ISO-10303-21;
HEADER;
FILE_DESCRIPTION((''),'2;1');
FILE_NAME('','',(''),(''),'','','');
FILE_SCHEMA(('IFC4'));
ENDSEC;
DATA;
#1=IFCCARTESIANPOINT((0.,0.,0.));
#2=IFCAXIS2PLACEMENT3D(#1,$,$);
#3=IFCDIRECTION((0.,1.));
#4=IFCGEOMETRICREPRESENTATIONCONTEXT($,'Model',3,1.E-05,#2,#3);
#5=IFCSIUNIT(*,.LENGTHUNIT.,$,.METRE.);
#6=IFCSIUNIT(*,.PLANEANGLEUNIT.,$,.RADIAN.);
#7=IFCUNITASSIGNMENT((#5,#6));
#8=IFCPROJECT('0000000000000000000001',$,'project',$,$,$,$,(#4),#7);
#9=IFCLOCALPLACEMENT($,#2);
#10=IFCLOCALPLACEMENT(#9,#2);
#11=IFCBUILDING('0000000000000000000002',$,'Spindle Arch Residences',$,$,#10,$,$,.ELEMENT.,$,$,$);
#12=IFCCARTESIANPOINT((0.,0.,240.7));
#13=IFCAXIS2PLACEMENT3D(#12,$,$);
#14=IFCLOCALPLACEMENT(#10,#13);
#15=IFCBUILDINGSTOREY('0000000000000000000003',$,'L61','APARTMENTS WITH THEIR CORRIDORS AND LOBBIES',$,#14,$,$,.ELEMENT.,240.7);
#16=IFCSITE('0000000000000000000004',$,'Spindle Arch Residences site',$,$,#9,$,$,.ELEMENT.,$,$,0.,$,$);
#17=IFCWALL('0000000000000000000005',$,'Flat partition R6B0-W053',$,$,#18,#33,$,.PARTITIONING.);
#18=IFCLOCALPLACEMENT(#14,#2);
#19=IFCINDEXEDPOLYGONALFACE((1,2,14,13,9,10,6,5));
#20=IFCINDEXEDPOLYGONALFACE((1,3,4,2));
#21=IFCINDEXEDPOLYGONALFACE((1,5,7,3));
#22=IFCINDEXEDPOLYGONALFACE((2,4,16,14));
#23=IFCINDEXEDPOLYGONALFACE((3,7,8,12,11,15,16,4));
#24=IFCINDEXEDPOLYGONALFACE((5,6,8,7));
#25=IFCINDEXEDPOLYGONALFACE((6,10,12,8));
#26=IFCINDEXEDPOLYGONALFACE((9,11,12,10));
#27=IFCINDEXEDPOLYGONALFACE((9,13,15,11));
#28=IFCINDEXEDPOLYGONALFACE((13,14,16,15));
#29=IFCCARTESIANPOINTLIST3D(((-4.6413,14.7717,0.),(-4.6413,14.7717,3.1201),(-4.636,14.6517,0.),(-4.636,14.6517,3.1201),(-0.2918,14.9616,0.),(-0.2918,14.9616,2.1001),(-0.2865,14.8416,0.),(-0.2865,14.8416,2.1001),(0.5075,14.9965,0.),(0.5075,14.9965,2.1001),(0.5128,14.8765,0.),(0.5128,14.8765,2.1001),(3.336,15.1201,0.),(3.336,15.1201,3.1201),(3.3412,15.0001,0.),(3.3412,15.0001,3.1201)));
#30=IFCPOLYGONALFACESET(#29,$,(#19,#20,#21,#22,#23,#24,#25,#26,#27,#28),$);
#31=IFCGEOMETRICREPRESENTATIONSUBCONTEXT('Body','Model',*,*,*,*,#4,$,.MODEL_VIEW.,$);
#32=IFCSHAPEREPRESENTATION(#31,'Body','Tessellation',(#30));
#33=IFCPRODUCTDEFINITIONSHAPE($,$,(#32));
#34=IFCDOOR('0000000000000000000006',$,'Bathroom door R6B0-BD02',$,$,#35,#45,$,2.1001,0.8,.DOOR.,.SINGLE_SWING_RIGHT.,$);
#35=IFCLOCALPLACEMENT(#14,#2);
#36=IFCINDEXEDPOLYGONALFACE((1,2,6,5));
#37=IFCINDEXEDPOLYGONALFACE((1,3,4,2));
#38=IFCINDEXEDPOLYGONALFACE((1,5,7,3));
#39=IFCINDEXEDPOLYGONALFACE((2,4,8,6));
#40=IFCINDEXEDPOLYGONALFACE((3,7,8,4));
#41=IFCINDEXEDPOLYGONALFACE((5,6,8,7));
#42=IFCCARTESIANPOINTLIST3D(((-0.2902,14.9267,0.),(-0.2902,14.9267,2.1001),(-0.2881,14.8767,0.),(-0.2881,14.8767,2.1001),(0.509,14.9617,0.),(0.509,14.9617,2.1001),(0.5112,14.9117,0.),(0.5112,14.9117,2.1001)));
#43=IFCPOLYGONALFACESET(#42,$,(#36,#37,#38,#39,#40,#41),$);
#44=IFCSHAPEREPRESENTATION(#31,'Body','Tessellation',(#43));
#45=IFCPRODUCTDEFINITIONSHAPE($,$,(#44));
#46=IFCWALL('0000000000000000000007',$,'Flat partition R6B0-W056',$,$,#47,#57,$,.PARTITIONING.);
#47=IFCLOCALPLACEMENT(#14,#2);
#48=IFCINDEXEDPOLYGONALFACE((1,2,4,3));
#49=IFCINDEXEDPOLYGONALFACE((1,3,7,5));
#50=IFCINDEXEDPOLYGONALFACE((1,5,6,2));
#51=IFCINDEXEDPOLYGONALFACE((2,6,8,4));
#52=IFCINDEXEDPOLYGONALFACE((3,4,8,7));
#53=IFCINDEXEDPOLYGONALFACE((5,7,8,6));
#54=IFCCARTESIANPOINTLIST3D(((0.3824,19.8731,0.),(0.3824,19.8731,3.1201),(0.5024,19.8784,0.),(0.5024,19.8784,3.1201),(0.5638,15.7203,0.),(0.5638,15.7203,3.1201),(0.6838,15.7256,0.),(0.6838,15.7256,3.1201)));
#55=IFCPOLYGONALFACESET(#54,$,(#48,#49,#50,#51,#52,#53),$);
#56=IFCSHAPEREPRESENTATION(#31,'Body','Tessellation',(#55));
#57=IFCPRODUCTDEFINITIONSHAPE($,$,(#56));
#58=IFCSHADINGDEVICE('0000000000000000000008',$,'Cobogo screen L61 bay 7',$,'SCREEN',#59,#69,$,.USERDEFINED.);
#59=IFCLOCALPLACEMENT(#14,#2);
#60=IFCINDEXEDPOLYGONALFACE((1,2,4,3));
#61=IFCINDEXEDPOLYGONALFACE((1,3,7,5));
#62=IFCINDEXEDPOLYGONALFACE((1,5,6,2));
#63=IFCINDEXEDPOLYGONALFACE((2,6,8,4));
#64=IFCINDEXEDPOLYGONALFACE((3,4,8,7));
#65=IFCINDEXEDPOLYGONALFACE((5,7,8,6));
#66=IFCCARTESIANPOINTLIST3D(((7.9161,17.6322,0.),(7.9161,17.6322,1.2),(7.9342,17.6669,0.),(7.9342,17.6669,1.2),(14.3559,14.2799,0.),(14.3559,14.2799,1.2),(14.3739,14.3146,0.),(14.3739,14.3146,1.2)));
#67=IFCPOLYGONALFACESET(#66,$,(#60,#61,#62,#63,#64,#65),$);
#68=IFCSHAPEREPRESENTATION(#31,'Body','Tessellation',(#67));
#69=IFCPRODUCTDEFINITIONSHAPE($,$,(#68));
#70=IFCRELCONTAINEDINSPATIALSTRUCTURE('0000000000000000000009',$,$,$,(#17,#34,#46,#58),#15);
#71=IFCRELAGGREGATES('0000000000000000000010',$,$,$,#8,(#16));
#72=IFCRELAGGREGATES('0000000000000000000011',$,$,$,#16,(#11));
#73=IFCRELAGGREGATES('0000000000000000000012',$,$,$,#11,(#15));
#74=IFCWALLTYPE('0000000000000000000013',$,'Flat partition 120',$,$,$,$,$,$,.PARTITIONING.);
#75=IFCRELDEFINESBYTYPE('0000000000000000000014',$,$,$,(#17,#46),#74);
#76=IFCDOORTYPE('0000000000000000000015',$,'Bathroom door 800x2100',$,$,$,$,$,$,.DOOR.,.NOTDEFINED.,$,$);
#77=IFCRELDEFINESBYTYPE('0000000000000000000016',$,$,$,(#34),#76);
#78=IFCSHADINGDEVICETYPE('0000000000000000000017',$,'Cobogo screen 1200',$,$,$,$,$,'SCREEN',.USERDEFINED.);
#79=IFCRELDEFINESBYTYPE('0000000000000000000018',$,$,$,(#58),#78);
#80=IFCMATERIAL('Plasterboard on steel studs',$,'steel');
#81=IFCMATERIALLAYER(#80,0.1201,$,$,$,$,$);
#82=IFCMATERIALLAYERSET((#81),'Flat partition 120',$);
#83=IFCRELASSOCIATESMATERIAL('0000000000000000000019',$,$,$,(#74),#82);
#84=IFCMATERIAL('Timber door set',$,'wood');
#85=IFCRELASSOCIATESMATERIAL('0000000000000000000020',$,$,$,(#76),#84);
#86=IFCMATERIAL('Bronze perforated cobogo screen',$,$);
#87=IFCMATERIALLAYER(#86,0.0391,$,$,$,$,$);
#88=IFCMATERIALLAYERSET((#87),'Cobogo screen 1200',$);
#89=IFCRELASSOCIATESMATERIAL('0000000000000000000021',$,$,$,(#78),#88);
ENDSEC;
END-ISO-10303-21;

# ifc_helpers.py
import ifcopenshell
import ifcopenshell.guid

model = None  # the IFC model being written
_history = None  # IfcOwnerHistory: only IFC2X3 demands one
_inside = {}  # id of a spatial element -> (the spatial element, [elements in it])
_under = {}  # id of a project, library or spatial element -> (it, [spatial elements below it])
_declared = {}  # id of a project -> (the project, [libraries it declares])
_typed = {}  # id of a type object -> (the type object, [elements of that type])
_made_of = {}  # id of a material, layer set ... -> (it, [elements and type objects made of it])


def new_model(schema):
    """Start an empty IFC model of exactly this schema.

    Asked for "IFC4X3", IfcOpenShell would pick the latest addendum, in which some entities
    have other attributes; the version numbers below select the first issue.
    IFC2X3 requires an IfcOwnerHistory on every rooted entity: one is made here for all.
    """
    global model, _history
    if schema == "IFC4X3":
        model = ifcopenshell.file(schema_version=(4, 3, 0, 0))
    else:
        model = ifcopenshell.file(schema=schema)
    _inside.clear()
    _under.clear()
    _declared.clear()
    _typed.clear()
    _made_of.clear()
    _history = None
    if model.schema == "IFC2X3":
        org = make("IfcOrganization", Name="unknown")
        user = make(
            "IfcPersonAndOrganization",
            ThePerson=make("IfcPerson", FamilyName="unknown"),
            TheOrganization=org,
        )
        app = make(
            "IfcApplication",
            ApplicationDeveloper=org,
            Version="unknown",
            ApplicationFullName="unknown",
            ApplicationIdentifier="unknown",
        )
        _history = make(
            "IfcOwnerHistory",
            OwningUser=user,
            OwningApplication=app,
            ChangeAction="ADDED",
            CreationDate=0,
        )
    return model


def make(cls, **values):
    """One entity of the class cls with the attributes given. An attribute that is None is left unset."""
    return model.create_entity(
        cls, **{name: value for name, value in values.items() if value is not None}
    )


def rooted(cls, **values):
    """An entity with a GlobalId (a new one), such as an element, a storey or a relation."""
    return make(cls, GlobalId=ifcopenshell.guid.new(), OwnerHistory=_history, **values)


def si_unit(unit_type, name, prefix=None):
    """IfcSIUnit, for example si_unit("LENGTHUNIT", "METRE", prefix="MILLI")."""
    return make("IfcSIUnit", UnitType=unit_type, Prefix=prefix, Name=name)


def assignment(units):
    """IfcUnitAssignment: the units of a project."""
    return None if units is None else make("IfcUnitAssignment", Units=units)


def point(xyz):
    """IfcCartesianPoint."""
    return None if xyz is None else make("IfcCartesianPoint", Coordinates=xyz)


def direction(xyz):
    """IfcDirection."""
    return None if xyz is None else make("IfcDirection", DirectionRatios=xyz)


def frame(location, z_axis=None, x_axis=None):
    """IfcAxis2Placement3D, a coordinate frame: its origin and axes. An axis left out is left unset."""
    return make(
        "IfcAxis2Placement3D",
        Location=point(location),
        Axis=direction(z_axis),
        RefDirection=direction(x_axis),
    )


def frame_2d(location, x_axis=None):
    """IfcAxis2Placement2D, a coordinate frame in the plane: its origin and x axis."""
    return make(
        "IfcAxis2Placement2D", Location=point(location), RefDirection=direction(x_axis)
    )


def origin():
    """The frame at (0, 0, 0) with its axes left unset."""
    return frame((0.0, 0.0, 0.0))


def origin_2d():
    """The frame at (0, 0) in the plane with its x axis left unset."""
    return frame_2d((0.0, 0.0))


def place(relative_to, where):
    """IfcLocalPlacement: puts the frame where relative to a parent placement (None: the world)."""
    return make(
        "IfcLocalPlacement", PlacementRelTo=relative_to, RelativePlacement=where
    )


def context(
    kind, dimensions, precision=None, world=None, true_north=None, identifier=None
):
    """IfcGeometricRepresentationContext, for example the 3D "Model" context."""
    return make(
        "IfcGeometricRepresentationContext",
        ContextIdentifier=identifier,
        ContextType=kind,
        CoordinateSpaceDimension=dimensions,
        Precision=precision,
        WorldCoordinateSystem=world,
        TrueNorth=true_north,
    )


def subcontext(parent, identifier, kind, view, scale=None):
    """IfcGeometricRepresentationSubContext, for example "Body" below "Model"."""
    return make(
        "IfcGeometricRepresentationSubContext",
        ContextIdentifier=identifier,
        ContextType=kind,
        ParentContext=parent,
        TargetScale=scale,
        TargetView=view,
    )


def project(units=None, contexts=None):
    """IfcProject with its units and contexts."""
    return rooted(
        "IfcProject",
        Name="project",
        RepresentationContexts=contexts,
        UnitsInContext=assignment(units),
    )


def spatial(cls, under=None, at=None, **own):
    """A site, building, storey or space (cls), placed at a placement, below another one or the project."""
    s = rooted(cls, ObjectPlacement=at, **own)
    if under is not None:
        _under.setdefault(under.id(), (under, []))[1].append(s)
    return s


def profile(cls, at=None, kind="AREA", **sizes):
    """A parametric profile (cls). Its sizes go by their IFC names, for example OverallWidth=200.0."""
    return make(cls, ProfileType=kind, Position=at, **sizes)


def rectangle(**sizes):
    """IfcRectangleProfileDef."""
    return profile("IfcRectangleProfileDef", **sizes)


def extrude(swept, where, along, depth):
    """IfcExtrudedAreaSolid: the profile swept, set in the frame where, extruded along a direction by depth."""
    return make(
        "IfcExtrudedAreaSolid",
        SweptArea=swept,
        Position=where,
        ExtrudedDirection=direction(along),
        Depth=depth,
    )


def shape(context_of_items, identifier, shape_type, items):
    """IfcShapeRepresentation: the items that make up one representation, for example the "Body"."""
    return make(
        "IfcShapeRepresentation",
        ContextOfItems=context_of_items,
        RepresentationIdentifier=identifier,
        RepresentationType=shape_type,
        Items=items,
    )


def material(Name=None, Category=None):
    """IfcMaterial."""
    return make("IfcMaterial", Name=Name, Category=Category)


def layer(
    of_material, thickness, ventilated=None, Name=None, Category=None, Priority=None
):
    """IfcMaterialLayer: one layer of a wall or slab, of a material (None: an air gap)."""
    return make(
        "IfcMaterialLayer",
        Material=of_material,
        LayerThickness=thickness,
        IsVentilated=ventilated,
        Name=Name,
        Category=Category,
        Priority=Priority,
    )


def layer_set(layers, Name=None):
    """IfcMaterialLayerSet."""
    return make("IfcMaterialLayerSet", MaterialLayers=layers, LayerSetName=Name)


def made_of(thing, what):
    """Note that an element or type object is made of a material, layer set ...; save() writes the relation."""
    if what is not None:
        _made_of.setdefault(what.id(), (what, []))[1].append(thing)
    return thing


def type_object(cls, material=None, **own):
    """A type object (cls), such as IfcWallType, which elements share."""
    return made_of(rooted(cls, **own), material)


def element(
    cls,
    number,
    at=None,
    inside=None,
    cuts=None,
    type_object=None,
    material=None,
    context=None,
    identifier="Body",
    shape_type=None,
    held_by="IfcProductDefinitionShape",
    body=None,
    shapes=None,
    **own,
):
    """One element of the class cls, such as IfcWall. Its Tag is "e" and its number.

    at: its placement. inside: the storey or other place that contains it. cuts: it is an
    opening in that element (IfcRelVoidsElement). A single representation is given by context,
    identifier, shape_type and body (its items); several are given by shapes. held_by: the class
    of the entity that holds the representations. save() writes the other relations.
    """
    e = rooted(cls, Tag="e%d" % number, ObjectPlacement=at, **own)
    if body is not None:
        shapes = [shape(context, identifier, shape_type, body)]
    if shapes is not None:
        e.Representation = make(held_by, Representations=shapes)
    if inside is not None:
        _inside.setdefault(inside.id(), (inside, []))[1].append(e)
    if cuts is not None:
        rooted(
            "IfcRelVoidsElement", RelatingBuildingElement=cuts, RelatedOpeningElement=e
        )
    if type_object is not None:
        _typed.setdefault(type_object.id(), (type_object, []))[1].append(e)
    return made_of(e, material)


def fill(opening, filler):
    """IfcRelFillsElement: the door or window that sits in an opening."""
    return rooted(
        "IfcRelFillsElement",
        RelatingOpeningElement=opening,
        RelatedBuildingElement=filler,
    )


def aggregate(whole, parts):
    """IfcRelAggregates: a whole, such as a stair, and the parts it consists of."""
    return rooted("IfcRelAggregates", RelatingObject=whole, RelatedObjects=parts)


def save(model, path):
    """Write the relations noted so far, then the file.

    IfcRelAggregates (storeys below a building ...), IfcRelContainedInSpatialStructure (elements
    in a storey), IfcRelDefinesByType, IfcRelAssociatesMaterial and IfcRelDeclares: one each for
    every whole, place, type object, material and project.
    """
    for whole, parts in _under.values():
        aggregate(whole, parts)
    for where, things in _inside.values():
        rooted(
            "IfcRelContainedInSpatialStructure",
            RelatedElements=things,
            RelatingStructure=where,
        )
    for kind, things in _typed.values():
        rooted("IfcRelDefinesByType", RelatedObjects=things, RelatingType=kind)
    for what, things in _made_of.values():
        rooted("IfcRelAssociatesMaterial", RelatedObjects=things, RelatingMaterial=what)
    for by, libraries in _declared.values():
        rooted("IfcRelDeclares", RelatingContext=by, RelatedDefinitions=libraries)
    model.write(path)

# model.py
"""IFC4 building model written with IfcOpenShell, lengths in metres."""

from ifc_helpers import new_model, si_unit, direction, frame, frame_2d, origin, origin_2d, place, context, subcontext, project, spatial, rectangle, extrude, material, layer, layer_set, type_object, element, fill, save


model = new_model("IFC4")

# Units and contexts
model_context = context("Model", 3, precision=1e-05, world=origin(), true_north=direction((0.0, 1.0)))
body_context = subcontext(model_context, "Body", "Model", "MODEL_VIEW")
ifc_project = project(units=[si_unit("LENGTHUNIT", "METRE"), si_unit("PLANEANGLEUNIT", "RADIAN")], contexts=[model_context])

# Site, building, storey
site_placement = place(None, origin())
site = spatial("IfcSite", under=ifc_project, at=site_placement, Name="Spindle Arch Residences site", CompositionType="ELEMENT", RefElevation=0.0)
building_placement = place(site_placement, origin())
building = spatial("IfcBuilding", under=site, at=building_placement, Name="Spindle Arch Residences", CompositionType="ELEMENT")
storey_placement = place(building_placement, frame((0.0, 0.0, 240.7)))
storey = spatial("IfcBuildingStorey", under=building, at=storey_placement, Name="L61", Description="APARTMENTS WITH THEIR CORRIDORS AND LOBBIES", CompositionType="ELEMENT", Elevation=240.7)

# Wall, opening, door
ifc_material_1 = material(Name="Plasterboard on steel studs", Category="steel")
ifc_layer_1 = layer(ifc_material_1, 0.1201)
ifc_layer_set_1 = layer_set([ifc_layer_1], Name="Flat partition 120")
wall_type_1 = type_object("IfcWallType", Name="Flat partition 120", PredefinedType="PARTITIONING", material=ifc_layer_set_1)
wall_1_placement = place(storey_placement, frame((3.3386, 15.0601, 0.0), z_axis=(0.0, 0.0, 1.0), x_axis=(-0.999048, -0.043631, 0.0)))
wall_1 = element("IfcWall", 1, at=wall_1_placement, inside=storey, type_object=wall_type_1, Name="Flat partition R6B0-W053", PredefinedType="PARTITIONING", context=body_context, shape_type="SweptSolid", body=[
    extrude(rectangle(XDim=7.9849, YDim=0.1201, at=frame_2d((3.9924, 0.0))), origin(), (0.0, 0.0, 1.0), 3.1201),
])
opening_1_placement = place(wall_1_placement, frame((2.8313, 0.0, 0.0)))
opening_1 = element("IfcOpeningElement", 2, at=opening_1_placement, cuts=wall_1, PredefinedType="OPENING", context=body_context, shape_type="SweptSolid", body=[
    extrude(rectangle(XDim=0.8, YDim=2.1001, at=frame_2d((0.3999, 1.05))), frame((0.0, 0.0701, 0.0), z_axis=(0.0, -1.0, 0.0), x_axis=(1.0, 0.0, 0.0)), (0.0, 0.0, 1.0), 0.1401),
])
ifc_material_2 = material(Name="Timber door set", Category="wood")
door_type_1 = type_object("IfcDoorType", Name="Bathroom door 800x2100", OperationType="NOTDEFINED", PredefinedType="DOOR", material=ifc_material_2)
door_1_placement = place(opening_1_placement, origin())
door_1 = element("IfcDoor", 3, at=door_1_placement, inside=storey, type_object=door_type_1, Name="Bathroom door R6B0-BD02", OperationType="SINGLE_SWING_RIGHT", OverallHeight=2.1001, OverallWidth=0.8, PredefinedType="DOOR", context=body_context, shape_type="SweptSolid", body=[
    extrude(rectangle(XDim=0.8, YDim=2.1001, at=frame_2d((0.3999, 1.05))), frame((0.0, 0.0249, 0.0), z_axis=(0.0, -1.0, 0.0), x_axis=(1.0, 0.0, 0.0)), (0.0, 0.0, 1.0), 0.05),
])
fill(opening_1, door_1)

# Wall
wall_2_placement = place(storey_placement, frame((0.4424, 19.8757, 0.0), z_axis=(0.0, 0.0, 1.0), x_axis=(0.043639, -0.999047, 0.0)))
element("IfcWall", 4, at=wall_2_placement, inside=storey, type_object=wall_type_1, Name="Flat partition R6B0-W056", PredefinedType="PARTITIONING", context=body_context, shape_type="SweptSolid", body=[
    extrude(rectangle(XDim=4.1567, YDim=0.1201, at=frame_2d((2.0784, 0.0))), origin(), (0.0, 0.0, 1.0), 3.1201),
])

# Shading device
ifc_material_3 = material(Name="Bronze perforated cobogo screen")
ifc_layer_2 = layer(ifc_material_3, 0.0391)
ifc_layer_set_2 = layer_set([ifc_layer_2], Name="Cobogo screen 1200")
shading_device_type = type_object("IfcShadingDeviceType", Name="Cobogo screen 1200", ElementType="SCREEN", PredefinedType="USERDEFINED", material=ifc_layer_set_2)
shading_device_placement = place(storey_placement, frame((11.145, 15.9734, 0.0), z_axis=(0.0, 0.0, 1.0), x_axis=(-0.887011, 0.461749, 0.0)))
element("IfcShadingDevice", 5, at=shading_device_placement, inside=storey, type_object=shading_device_type, Name="Cobogo screen L61 bay 7", ObjectType="SCREEN", PredefinedType="USERDEFINED", context=body_context, shape_type="SweptSolid", body=[
    extrude(rectangle(XDim=7.26, YDim=0.0391, at=origin_2d()), origin(), (0.0, 0.0, 1.0), 1.2),
])

save(model, "model.ifc")
